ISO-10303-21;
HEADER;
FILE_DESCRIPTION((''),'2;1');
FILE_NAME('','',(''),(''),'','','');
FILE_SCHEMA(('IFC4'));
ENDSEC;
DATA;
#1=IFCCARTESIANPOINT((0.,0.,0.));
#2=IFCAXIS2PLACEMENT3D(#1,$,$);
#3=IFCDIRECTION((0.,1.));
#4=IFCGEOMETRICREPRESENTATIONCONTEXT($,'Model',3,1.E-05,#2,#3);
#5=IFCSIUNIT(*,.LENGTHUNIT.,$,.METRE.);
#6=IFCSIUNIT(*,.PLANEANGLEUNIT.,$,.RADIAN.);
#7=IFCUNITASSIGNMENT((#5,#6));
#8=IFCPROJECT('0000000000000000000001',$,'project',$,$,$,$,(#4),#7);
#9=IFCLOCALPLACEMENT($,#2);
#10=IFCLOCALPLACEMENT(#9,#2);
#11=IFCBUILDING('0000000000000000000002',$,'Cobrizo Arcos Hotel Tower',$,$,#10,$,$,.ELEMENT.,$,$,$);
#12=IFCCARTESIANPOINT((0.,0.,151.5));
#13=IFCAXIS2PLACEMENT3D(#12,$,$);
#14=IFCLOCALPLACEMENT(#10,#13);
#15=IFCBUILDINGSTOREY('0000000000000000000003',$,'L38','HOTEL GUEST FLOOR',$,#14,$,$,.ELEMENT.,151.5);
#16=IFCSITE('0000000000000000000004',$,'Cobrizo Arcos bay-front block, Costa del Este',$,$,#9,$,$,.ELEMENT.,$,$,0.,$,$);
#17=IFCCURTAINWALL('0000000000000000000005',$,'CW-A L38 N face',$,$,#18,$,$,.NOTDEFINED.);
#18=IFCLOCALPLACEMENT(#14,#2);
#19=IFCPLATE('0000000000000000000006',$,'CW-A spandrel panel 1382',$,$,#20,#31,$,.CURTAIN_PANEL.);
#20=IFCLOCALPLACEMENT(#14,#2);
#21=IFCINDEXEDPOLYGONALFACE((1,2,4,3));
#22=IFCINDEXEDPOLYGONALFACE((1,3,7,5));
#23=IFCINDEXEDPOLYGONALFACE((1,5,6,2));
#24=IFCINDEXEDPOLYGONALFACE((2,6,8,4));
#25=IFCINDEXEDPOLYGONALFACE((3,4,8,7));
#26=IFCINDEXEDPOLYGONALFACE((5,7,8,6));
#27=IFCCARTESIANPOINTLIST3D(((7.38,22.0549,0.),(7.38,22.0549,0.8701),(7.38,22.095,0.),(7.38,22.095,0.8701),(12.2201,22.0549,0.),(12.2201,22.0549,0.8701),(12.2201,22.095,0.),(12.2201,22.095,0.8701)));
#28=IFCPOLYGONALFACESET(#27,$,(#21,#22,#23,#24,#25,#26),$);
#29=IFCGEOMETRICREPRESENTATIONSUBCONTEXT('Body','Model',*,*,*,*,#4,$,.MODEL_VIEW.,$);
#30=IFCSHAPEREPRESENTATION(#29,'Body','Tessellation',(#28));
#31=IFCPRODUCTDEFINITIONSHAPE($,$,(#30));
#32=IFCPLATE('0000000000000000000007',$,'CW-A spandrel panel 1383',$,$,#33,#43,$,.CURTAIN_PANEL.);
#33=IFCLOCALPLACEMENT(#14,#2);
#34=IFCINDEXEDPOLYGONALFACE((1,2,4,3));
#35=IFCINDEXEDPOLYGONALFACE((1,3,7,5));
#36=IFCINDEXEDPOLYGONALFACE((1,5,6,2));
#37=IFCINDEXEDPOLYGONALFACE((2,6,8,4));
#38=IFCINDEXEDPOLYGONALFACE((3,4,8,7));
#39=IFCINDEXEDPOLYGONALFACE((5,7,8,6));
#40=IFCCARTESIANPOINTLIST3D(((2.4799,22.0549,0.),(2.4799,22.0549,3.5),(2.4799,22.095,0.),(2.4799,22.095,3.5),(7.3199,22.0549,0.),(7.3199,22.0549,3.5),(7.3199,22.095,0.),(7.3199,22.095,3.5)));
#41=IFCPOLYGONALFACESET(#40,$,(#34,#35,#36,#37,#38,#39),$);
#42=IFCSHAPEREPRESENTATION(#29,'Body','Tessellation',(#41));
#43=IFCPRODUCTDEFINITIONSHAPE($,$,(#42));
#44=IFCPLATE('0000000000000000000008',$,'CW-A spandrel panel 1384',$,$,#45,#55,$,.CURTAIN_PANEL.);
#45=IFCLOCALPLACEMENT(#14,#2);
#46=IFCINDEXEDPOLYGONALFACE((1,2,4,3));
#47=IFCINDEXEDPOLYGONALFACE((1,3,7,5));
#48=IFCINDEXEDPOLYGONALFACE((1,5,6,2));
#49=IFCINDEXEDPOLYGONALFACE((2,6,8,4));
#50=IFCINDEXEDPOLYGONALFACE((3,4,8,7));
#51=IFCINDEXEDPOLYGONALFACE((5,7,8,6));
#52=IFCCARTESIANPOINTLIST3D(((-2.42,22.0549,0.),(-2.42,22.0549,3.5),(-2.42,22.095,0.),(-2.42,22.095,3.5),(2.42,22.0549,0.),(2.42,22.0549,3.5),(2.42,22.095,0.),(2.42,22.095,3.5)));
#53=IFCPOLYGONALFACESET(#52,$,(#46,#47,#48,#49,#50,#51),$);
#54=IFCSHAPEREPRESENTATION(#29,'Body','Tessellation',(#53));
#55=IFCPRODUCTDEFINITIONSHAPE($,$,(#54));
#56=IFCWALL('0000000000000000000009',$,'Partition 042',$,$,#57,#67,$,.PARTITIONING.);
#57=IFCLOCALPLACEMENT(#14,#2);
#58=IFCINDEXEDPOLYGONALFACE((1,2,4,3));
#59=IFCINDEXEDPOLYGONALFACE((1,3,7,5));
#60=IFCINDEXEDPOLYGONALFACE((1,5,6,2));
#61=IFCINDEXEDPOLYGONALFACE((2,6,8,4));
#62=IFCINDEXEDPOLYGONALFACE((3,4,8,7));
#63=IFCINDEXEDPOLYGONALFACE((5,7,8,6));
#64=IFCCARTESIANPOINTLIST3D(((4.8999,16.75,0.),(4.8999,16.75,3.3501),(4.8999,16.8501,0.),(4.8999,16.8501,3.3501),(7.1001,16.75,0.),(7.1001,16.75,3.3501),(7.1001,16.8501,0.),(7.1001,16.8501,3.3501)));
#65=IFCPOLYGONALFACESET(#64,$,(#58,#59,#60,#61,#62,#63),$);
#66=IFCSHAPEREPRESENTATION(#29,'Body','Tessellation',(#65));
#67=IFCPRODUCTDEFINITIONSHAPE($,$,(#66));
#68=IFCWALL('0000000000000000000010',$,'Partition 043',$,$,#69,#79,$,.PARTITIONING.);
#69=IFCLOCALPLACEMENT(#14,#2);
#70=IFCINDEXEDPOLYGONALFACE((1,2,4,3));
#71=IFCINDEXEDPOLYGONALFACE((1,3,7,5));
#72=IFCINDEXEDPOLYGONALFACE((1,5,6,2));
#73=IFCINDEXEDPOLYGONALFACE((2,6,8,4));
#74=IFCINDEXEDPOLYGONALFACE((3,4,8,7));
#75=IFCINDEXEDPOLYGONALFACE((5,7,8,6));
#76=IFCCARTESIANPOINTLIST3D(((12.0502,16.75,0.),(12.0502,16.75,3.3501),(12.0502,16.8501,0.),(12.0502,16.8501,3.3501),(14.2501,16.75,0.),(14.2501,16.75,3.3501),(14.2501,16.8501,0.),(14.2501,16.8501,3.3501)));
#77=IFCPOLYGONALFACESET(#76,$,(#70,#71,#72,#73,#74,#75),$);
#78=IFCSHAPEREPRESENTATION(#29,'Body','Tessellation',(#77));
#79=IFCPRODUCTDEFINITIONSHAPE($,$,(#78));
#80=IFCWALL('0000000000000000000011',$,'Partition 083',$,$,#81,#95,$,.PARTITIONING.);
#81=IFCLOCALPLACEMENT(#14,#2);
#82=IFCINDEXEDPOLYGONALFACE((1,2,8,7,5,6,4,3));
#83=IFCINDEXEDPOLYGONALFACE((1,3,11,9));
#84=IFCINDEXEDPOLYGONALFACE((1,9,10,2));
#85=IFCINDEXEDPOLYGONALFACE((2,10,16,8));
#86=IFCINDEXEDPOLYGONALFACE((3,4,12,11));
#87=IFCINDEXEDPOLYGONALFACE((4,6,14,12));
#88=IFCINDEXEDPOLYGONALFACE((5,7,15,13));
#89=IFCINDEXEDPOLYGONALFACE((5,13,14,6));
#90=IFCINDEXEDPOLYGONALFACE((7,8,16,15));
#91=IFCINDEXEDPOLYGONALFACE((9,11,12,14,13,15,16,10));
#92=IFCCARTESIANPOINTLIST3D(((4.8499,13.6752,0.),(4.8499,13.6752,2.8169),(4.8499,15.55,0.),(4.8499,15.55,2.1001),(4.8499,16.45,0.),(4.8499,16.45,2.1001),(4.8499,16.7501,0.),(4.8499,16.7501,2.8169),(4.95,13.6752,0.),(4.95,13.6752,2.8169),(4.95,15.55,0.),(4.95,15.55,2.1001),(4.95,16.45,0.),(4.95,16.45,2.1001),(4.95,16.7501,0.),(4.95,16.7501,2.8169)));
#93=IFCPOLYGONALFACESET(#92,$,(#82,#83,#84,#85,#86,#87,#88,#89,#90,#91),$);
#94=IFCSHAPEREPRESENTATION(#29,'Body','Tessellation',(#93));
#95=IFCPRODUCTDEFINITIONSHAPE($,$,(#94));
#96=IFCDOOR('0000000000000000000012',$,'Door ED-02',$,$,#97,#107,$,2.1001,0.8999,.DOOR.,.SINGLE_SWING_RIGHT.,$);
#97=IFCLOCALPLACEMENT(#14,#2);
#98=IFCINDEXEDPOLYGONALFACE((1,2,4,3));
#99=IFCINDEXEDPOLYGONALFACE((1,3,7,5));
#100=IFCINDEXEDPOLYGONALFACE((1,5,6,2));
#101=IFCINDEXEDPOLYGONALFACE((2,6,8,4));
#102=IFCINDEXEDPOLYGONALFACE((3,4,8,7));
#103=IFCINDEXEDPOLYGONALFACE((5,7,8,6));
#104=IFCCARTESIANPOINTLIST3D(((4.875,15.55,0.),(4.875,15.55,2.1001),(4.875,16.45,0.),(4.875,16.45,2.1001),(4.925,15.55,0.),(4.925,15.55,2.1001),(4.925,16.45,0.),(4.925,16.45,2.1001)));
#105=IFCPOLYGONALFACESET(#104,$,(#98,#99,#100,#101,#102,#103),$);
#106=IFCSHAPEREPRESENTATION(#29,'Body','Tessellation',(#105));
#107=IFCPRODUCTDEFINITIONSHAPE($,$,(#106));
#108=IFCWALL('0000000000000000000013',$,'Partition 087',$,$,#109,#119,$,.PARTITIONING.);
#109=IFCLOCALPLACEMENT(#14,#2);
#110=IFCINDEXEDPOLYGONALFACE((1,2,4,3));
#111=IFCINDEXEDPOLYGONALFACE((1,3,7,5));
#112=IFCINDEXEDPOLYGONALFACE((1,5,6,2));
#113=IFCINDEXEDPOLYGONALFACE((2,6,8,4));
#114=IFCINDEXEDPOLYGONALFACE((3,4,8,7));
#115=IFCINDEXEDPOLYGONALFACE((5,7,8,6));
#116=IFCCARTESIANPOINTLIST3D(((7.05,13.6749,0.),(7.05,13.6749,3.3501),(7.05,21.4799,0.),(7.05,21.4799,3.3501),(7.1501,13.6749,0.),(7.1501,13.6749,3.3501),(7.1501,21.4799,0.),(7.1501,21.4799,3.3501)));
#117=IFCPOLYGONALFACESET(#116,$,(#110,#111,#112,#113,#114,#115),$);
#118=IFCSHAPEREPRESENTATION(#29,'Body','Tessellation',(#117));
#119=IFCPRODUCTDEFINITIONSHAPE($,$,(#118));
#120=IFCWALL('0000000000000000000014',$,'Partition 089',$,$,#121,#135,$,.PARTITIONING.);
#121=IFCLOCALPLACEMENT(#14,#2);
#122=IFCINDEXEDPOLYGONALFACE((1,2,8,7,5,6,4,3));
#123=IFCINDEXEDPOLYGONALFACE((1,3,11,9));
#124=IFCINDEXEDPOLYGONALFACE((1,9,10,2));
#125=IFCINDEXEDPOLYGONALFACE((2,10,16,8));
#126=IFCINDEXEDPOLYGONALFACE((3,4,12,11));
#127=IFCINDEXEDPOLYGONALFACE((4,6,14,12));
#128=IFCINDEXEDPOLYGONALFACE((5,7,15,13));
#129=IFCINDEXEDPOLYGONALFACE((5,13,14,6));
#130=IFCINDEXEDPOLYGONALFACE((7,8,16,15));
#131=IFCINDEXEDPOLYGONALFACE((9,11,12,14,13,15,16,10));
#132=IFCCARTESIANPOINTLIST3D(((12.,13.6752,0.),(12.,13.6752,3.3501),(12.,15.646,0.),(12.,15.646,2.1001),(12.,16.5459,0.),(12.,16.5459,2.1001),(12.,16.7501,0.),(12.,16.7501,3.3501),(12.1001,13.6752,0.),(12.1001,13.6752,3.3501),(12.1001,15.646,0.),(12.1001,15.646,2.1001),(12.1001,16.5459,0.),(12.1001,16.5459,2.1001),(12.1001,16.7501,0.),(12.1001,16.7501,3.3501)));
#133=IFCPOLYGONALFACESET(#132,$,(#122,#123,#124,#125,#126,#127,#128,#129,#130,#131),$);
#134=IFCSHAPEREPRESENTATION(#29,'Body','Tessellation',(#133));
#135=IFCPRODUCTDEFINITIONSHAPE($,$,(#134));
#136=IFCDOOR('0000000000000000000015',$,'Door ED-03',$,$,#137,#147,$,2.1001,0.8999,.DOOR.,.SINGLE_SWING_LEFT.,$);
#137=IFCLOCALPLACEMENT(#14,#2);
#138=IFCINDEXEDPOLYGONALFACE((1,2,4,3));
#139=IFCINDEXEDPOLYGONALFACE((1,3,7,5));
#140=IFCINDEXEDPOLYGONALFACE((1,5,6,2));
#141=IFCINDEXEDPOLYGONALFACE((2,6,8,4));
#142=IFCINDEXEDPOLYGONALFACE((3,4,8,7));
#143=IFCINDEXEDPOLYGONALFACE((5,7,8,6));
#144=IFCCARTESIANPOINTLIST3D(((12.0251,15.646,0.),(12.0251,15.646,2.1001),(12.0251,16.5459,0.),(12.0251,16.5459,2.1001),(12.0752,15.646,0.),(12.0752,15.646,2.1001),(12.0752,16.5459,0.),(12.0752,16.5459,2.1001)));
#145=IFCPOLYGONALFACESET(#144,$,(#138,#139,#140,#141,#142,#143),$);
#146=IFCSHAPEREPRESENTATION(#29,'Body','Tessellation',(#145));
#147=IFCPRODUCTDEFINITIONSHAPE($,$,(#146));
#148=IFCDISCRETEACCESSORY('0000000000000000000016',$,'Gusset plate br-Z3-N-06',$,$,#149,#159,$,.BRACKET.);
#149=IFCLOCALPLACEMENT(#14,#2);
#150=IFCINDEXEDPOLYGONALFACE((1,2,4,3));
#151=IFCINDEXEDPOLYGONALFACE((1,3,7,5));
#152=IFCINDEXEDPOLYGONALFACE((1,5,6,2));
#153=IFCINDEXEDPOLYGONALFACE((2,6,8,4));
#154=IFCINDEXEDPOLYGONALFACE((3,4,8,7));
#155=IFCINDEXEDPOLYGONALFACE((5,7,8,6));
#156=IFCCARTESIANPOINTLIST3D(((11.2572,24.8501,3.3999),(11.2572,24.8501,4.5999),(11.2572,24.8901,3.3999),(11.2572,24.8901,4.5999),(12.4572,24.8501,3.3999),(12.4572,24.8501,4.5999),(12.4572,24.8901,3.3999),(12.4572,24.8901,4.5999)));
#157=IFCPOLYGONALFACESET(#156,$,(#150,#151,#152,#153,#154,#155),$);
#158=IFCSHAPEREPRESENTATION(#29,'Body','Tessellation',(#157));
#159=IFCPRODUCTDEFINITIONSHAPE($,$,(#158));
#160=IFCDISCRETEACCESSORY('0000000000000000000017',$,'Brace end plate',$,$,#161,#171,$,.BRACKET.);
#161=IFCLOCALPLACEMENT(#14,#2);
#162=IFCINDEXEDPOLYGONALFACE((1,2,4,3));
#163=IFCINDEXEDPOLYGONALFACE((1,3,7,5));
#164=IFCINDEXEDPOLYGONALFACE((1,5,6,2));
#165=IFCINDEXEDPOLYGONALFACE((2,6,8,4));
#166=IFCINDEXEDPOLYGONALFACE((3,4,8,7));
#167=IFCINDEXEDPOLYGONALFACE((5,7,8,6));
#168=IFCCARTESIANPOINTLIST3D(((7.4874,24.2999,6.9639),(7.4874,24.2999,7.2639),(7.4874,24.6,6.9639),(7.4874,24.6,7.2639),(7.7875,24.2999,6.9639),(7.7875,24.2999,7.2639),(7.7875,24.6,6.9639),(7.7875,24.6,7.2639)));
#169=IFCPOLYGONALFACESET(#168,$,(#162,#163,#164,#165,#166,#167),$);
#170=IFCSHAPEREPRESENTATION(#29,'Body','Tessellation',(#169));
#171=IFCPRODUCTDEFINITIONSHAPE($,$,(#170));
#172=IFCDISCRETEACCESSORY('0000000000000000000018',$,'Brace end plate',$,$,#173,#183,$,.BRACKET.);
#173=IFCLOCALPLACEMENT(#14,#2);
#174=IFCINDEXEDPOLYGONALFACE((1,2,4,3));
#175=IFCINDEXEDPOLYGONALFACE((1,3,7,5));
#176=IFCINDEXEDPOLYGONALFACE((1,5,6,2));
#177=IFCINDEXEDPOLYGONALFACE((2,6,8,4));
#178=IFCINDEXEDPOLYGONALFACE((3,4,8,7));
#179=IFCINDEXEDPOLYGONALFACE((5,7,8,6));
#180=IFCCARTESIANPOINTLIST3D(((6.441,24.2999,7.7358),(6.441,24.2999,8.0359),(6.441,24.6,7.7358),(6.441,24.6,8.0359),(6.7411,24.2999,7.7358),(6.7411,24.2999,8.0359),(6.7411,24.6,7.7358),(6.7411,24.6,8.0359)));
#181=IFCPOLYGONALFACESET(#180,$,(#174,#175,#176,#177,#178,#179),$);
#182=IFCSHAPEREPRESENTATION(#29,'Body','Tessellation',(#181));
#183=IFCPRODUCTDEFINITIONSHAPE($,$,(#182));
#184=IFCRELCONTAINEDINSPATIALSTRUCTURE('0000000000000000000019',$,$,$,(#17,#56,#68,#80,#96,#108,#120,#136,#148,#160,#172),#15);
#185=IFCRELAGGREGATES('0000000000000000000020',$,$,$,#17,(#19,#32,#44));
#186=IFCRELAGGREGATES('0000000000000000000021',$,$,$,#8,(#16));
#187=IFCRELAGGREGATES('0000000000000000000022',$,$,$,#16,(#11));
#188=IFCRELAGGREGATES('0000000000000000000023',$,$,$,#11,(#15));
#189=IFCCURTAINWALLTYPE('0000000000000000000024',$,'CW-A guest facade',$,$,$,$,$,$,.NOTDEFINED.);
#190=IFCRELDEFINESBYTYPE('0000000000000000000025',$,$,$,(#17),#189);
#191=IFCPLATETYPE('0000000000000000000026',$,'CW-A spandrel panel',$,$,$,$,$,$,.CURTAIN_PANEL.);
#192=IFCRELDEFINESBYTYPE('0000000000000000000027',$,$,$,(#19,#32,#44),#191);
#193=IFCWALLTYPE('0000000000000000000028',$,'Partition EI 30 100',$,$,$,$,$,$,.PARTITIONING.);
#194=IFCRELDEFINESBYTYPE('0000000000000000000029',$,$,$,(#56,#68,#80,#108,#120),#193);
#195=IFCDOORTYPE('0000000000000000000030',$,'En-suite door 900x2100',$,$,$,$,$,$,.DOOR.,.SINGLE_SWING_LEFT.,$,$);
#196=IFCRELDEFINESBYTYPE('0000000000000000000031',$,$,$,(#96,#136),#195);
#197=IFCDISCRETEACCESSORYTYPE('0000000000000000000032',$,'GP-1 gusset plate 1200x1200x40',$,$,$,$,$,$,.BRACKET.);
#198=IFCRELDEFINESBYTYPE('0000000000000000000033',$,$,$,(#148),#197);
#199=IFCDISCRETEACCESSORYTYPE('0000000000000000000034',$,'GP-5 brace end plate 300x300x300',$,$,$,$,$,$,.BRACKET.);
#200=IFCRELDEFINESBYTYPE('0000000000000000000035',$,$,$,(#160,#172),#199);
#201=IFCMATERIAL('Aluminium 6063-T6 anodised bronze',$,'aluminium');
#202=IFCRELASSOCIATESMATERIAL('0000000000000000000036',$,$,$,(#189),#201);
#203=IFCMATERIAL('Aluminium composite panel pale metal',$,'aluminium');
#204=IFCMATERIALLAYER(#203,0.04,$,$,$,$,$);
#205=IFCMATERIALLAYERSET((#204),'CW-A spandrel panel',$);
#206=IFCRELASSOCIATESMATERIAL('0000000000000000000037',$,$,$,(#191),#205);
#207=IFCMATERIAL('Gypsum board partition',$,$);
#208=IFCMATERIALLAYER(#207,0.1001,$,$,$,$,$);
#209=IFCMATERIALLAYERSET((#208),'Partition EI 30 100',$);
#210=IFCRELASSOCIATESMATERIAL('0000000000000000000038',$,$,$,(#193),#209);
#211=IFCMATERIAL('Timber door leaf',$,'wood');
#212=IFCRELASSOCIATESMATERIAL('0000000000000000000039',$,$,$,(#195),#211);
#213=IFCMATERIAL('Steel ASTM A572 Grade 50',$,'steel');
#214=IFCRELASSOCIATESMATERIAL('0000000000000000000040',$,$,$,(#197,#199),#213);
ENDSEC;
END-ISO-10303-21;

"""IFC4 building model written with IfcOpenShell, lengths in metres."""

from ifc_helpers import new_model, si_unit, direction, frame, frame_2d, origin, origin_2d, place, context, subcontext, project, spatial, rectangle, extrude, material, layer, layer_set, type_object, element, fill, aggregate, save


model = new_model("IFC4")

# Units and contexts
model_context = context("Model", 3, precision=1e-05, world=origin(), true_north=direction((0.0, 1.0)))
body_context = subcontext(model_context, "Body", "Model", "MODEL_VIEW")
ifc_project = project(units=[si_unit("LENGTHUNIT", "METRE"), si_unit("PLANEANGLEUNIT", "RADIAN")], contexts=[model_context])

# Site, building, storey
site_placement = place(None, origin())
site = spatial("IfcSite", under=ifc_project, at=site_placement, Name="Cobrizo Arcos bay-front block, Costa del Este", CompositionType="ELEMENT", RefElevation=0.0)
building_placement = place(site_placement, origin())
building = spatial("IfcBuilding", under=site, at=building_placement, Name="Cobrizo Arcos Hotel Tower", CompositionType="ELEMENT")
storey_placement = place(building_placement, frame((0.0, 0.0, 151.5)))
storey = spatial("IfcBuildingStorey", under=building, at=storey_placement, Name="L38", Description="HOTEL GUEST FLOOR", CompositionType="ELEMENT", Elevation=151.5)

# Shared definitions
ifc_material_1 = material(Name="Steel ASTM A572 Grade 50", Category="steel")

# Curtain wall
ifc_material_2 = material(Name="Aluminium 6063-T6 anodised bronze", Category="aluminium")
curtain_wall_type = type_object("IfcCurtainWallType", Name="CW-A guest facade", PredefinedType="NOTDEFINED", material=ifc_material_2)
curtain_wall_placement = place(storey_placement, origin())
curtain_wall = element("IfcCurtainWall", 1, at=curtain_wall_placement, inside=storey, type_object=curtain_wall_type, Name="CW-A L38 N face", PredefinedType="NOTDEFINED")

# Plates
ifc_material_3 = material(Name="Aluminium composite panel pale metal", Category="aluminium")
ifc_layer_1 = layer(ifc_material_3, 0.04)
ifc_layer_set_1 = layer_set([ifc_layer_1], Name="CW-A spandrel panel")
plate_type_1 = type_object("IfcPlateType", Name="CW-A spandrel panel", PredefinedType="CURTAIN_PANEL", material=ifc_layer_set_1)
plate_1_placement = place(storey_placement, frame((9.8, 22.075, 0.0), z_axis=(0.0, 0.0, 1.0), x_axis=(-1.0, 0.0, 0.0)))
plate_1 = element("IfcPlate", 2, at=plate_1_placement, type_object=plate_type_1, Name="CW-A spandrel panel 1382", PredefinedType="CURTAIN_PANEL", context=body_context, shape_type="SweptSolid", body=[
    extrude(rectangle(XDim=4.8401, YDim=0.04, at=origin_2d()), origin(), (0.0, 0.0, 1.0), 0.8701),
])
plate_2_placement = place(storey_placement, frame((4.8999, 22.075, 0.0), z_axis=(0.0, 0.0, 1.0), x_axis=(-1.0, 0.0, 0.0)))
plate_2 = element("IfcPlate", 3, at=plate_2_placement, type_object=plate_type_1, Name="CW-A spandrel panel 1383", PredefinedType="CURTAIN_PANEL", context=body_context, shape_type="SweptSolid", body=[
    extrude(rectangle(XDim=4.8401, YDim=0.04, at=origin_2d()), origin(), (0.0, 0.0, 1.0), 3.5),
])
plate_3_placement = place(storey_placement, frame((0.0, 22.075, 0.0), z_axis=(0.0, 0.0, 1.0), x_axis=(-1.0, 0.0, 0.0)))
plate_3 = element("IfcPlate", 4, at=plate_3_placement, type_object=plate_type_1, Name="CW-A spandrel panel 1384", PredefinedType="CURTAIN_PANEL", context=body_context, shape_type="SweptSolid", body=[
    extrude(rectangle(XDim=4.8401, YDim=0.04, at=origin_2d()), origin(), (0.0, 0.0, 1.0), 3.5),
])
aggregate(curtain_wall, [plate_1, plate_2, plate_3])

# Walls
ifc_material_4 = material(Name="Gypsum board partition")
ifc_layer_2 = layer(ifc_material_4, 0.1001)
ifc_layer_set_2 = layer_set([ifc_layer_2], Name="Partition EI 30 100")
wall_type = type_object("IfcWallType", Name="Partition EI 30 100", PredefinedType="PARTITIONING", material=ifc_layer_set_2)
wall_1_placement = place(storey_placement, frame((4.8999, 16.8, 0.0), z_axis=(0.0, 0.0, 1.0), x_axis=(1.0, 0.0, 0.0)))
element("IfcWall", 5, at=wall_1_placement, inside=storey, type_object=wall_type, Name="Partition 042", PredefinedType="PARTITIONING", context=body_context, shape_type="SweptSolid", body=[
    extrude(rectangle(XDim=2.2002, YDim=0.1001, at=frame_2d((1.1001, 0.0))), origin(), (0.0, 0.0, 1.0), 3.3501),
])
wall_2_placement = place(storey_placement, frame((12.05, 16.8, 0.0), z_axis=(0.0, 0.0, 1.0), x_axis=(1.0, 0.0, 0.0)))
element("IfcWall", 6, at=wall_2_placement, inside=storey, type_object=wall_type, Name="Partition 043", PredefinedType="PARTITIONING", context=body_context, shape_type="SweptSolid", body=[
    extrude(rectangle(XDim=2.2, YDim=0.1001, at=frame_2d((1.1001, 0.0))), origin(), (0.0, 0.0, 1.0), 3.3501),
])

# Wall, opening, door
wall_3_placement = place(storey_placement, frame((4.8999, 13.675, 0.0), z_axis=(0.0, 0.0, 1.0), x_axis=(0.0, 1.0, 0.0)))
wall_3 = element("IfcWall", 7, at=wall_3_placement, inside=storey, type_object=wall_type, Name="Partition 083", PredefinedType="PARTITIONING", context=body_context, shape_type="SweptSolid", body=[
    extrude(rectangle(XDim=3.075, YDim=0.1001, at=frame_2d((1.5376, 0.0))), origin(), (0.0, 0.0, 1.0), 2.8169),
])
opening_1_placement = place(wall_3_placement, frame((1.875, 0.0, 0.0)))
opening_1 = element("IfcOpeningElement", 8, at=opening_1_placement, cuts=wall_3, PredefinedType="OPENING", context=body_context, shape_type="SweptSolid", body=[
    extrude(rectangle(XDim=0.8999, YDim=2.1001, at=frame_2d((0.45, 1.05))), frame((0.0, 0.062, 0.0), z_axis=(0.0, -1.0, 0.0), x_axis=(1.0, 0.0, 0.0)), (0.0, 0.0, 1.0), 0.124),
])
ifc_material_5 = material(Name="Timber door leaf", Category="wood")
door_type = type_object("IfcDoorType", Name="En-suite door 900x2100", OperationType="SINGLE_SWING_LEFT", PredefinedType="DOOR", material=ifc_material_5)
door_1_placement = place(opening_1_placement, origin())
door_1 = element("IfcDoor", 9, at=door_1_placement, inside=storey, type_object=door_type, Name="Door ED-02", OperationType="SINGLE_SWING_RIGHT", OverallHeight=2.1001, OverallWidth=0.8999, PredefinedType="DOOR", context=body_context, shape_type="SweptSolid", body=[
    extrude(rectangle(XDim=0.8999, YDim=2.1001, at=frame_2d((0.45, 1.05))), frame((0.0, 0.0249, 0.0), z_axis=(0.0, -1.0, 0.0), x_axis=(1.0, 0.0, 0.0)), (0.0, 0.0, 1.0), 0.05),
])
fill(opening_1, door_1)

# Wall
wall_4_placement = place(storey_placement, frame((7.1001, 13.675, 0.0), z_axis=(0.0, 0.0, 1.0), x_axis=(0.0, 1.0, 0.0)))
element("IfcWall", 10, at=wall_4_placement, inside=storey, type_object=wall_type, Name="Partition 087", PredefinedType="PARTITIONING", context=body_context, shape_type="SweptSolid", body=[
    extrude(rectangle(XDim=7.8049, YDim=0.1001, at=frame_2d((3.9023, 0.0))), origin(), (0.0, 0.0, 1.0), 3.3501),
])

# Wall, opening, door
wall_5_placement = place(storey_placement, frame((12.05, 13.675, 0.0), z_axis=(0.0, 0.0, 1.0), x_axis=(0.0, 1.0, 0.0)))
wall_5 = element("IfcWall", 11, at=wall_5_placement, inside=storey, type_object=wall_type, Name="Partition 089", PredefinedType="PARTITIONING", context=body_context, shape_type="SweptSolid", body=[
    extrude(rectangle(XDim=3.075, YDim=0.1001, at=frame_2d((1.5376, 0.0))), origin(), (0.0, 0.0, 1.0), 3.3501),
])
opening_2_placement = place(wall_5_placement, frame((1.9709, 0.0, 0.0)))
opening_2 = element("IfcOpeningElement", 12, at=opening_2_placement, cuts=wall_5, PredefinedType="OPENING", context=body_context, shape_type="SweptSolid", body=[
    extrude(rectangle(XDim=0.8999, YDim=2.1001, at=frame_2d((0.45, 1.05))), frame((0.0, 0.062, 0.0), z_axis=(0.0, -1.0, 0.0), x_axis=(1.0, 0.0, 0.0)), (0.0, 0.0, 1.0), 0.124),
])
door_2_placement = place(opening_2_placement, origin())
door_2 = element("IfcDoor", 13, at=door_2_placement, inside=storey, type_object=door_type, Name="Door ED-03", OperationType="SINGLE_SWING_LEFT", OverallHeight=2.1001, OverallWidth=0.8999, PredefinedType="DOOR", context=body_context, shape_type="SweptSolid", body=[
    extrude(rectangle(XDim=0.8999, YDim=2.1001, at=frame_2d((0.45, 1.05))), frame((0.0, 0.0249, 0.0), z_axis=(0.0, -1.0, 0.0), x_axis=(1.0, 0.0, 0.0)), (0.0, 0.0, 1.0), 0.05),
])
fill(opening_2, door_2)

# Discrete accessories
discrete_accessory_type_1 = type_object("IfcDiscreteAccessoryType", Name="GP-1 gusset plate 1200x1200x40", PredefinedType="BRACKET", material=ifc_material_1)
discrete_accessory_placement = place(storey_placement, frame((11.8572, 24.8701, 3.3999), z_axis=(0.0, 0.0, 1.0), x_axis=(1.0, 0.0, 0.0)))
element("IfcDiscreteAccessory", 14, at=discrete_accessory_placement, inside=storey, type_object=discrete_accessory_type_1, Name="Gusset plate br-Z3-N-06", PredefinedType="BRACKET", context=body_context, shape_type="SweptSolid", body=[
    extrude(rectangle(XDim=1.2, YDim=0.04, at=origin_2d()), origin(), (0.0, 0.0, 1.0), 1.2),
])
discrete_accessory_type_2 = type_object("IfcDiscreteAccessoryType", Name="GP-5 brace end plate 300x300x300", PredefinedType="BRACKET", material=ifc_material_1)
for number, where, z_axis, x_axis, name in (
    (15, (7.6375, 24.45, 6.9639), (0.0, 0.0, 1.0), (1.0, 0.0, 0.0), "Brace end plate"),
    (16, (6.5911, 24.45, 7.7358), (0.0, 0.0, 1.0), (1.0, 0.0, 0.0), "Brace end plate"),
):
    element("IfcDiscreteAccessory", number, at=place(storey_placement, frame(where, z_axis=z_axis, x_axis=x_axis)), inside=storey, type_object=discrete_accessory_type_2, Name=name, PredefinedType="BRACKET", context=body_context, shape_type="SweptSolid", body=[
        extrude(rectangle(XDim=0.3, YDim=0.3, at=origin_2d()), origin(), (0.0, 0.0, 1.0), 0.3),
    ])

save(model, "model.ifc")
